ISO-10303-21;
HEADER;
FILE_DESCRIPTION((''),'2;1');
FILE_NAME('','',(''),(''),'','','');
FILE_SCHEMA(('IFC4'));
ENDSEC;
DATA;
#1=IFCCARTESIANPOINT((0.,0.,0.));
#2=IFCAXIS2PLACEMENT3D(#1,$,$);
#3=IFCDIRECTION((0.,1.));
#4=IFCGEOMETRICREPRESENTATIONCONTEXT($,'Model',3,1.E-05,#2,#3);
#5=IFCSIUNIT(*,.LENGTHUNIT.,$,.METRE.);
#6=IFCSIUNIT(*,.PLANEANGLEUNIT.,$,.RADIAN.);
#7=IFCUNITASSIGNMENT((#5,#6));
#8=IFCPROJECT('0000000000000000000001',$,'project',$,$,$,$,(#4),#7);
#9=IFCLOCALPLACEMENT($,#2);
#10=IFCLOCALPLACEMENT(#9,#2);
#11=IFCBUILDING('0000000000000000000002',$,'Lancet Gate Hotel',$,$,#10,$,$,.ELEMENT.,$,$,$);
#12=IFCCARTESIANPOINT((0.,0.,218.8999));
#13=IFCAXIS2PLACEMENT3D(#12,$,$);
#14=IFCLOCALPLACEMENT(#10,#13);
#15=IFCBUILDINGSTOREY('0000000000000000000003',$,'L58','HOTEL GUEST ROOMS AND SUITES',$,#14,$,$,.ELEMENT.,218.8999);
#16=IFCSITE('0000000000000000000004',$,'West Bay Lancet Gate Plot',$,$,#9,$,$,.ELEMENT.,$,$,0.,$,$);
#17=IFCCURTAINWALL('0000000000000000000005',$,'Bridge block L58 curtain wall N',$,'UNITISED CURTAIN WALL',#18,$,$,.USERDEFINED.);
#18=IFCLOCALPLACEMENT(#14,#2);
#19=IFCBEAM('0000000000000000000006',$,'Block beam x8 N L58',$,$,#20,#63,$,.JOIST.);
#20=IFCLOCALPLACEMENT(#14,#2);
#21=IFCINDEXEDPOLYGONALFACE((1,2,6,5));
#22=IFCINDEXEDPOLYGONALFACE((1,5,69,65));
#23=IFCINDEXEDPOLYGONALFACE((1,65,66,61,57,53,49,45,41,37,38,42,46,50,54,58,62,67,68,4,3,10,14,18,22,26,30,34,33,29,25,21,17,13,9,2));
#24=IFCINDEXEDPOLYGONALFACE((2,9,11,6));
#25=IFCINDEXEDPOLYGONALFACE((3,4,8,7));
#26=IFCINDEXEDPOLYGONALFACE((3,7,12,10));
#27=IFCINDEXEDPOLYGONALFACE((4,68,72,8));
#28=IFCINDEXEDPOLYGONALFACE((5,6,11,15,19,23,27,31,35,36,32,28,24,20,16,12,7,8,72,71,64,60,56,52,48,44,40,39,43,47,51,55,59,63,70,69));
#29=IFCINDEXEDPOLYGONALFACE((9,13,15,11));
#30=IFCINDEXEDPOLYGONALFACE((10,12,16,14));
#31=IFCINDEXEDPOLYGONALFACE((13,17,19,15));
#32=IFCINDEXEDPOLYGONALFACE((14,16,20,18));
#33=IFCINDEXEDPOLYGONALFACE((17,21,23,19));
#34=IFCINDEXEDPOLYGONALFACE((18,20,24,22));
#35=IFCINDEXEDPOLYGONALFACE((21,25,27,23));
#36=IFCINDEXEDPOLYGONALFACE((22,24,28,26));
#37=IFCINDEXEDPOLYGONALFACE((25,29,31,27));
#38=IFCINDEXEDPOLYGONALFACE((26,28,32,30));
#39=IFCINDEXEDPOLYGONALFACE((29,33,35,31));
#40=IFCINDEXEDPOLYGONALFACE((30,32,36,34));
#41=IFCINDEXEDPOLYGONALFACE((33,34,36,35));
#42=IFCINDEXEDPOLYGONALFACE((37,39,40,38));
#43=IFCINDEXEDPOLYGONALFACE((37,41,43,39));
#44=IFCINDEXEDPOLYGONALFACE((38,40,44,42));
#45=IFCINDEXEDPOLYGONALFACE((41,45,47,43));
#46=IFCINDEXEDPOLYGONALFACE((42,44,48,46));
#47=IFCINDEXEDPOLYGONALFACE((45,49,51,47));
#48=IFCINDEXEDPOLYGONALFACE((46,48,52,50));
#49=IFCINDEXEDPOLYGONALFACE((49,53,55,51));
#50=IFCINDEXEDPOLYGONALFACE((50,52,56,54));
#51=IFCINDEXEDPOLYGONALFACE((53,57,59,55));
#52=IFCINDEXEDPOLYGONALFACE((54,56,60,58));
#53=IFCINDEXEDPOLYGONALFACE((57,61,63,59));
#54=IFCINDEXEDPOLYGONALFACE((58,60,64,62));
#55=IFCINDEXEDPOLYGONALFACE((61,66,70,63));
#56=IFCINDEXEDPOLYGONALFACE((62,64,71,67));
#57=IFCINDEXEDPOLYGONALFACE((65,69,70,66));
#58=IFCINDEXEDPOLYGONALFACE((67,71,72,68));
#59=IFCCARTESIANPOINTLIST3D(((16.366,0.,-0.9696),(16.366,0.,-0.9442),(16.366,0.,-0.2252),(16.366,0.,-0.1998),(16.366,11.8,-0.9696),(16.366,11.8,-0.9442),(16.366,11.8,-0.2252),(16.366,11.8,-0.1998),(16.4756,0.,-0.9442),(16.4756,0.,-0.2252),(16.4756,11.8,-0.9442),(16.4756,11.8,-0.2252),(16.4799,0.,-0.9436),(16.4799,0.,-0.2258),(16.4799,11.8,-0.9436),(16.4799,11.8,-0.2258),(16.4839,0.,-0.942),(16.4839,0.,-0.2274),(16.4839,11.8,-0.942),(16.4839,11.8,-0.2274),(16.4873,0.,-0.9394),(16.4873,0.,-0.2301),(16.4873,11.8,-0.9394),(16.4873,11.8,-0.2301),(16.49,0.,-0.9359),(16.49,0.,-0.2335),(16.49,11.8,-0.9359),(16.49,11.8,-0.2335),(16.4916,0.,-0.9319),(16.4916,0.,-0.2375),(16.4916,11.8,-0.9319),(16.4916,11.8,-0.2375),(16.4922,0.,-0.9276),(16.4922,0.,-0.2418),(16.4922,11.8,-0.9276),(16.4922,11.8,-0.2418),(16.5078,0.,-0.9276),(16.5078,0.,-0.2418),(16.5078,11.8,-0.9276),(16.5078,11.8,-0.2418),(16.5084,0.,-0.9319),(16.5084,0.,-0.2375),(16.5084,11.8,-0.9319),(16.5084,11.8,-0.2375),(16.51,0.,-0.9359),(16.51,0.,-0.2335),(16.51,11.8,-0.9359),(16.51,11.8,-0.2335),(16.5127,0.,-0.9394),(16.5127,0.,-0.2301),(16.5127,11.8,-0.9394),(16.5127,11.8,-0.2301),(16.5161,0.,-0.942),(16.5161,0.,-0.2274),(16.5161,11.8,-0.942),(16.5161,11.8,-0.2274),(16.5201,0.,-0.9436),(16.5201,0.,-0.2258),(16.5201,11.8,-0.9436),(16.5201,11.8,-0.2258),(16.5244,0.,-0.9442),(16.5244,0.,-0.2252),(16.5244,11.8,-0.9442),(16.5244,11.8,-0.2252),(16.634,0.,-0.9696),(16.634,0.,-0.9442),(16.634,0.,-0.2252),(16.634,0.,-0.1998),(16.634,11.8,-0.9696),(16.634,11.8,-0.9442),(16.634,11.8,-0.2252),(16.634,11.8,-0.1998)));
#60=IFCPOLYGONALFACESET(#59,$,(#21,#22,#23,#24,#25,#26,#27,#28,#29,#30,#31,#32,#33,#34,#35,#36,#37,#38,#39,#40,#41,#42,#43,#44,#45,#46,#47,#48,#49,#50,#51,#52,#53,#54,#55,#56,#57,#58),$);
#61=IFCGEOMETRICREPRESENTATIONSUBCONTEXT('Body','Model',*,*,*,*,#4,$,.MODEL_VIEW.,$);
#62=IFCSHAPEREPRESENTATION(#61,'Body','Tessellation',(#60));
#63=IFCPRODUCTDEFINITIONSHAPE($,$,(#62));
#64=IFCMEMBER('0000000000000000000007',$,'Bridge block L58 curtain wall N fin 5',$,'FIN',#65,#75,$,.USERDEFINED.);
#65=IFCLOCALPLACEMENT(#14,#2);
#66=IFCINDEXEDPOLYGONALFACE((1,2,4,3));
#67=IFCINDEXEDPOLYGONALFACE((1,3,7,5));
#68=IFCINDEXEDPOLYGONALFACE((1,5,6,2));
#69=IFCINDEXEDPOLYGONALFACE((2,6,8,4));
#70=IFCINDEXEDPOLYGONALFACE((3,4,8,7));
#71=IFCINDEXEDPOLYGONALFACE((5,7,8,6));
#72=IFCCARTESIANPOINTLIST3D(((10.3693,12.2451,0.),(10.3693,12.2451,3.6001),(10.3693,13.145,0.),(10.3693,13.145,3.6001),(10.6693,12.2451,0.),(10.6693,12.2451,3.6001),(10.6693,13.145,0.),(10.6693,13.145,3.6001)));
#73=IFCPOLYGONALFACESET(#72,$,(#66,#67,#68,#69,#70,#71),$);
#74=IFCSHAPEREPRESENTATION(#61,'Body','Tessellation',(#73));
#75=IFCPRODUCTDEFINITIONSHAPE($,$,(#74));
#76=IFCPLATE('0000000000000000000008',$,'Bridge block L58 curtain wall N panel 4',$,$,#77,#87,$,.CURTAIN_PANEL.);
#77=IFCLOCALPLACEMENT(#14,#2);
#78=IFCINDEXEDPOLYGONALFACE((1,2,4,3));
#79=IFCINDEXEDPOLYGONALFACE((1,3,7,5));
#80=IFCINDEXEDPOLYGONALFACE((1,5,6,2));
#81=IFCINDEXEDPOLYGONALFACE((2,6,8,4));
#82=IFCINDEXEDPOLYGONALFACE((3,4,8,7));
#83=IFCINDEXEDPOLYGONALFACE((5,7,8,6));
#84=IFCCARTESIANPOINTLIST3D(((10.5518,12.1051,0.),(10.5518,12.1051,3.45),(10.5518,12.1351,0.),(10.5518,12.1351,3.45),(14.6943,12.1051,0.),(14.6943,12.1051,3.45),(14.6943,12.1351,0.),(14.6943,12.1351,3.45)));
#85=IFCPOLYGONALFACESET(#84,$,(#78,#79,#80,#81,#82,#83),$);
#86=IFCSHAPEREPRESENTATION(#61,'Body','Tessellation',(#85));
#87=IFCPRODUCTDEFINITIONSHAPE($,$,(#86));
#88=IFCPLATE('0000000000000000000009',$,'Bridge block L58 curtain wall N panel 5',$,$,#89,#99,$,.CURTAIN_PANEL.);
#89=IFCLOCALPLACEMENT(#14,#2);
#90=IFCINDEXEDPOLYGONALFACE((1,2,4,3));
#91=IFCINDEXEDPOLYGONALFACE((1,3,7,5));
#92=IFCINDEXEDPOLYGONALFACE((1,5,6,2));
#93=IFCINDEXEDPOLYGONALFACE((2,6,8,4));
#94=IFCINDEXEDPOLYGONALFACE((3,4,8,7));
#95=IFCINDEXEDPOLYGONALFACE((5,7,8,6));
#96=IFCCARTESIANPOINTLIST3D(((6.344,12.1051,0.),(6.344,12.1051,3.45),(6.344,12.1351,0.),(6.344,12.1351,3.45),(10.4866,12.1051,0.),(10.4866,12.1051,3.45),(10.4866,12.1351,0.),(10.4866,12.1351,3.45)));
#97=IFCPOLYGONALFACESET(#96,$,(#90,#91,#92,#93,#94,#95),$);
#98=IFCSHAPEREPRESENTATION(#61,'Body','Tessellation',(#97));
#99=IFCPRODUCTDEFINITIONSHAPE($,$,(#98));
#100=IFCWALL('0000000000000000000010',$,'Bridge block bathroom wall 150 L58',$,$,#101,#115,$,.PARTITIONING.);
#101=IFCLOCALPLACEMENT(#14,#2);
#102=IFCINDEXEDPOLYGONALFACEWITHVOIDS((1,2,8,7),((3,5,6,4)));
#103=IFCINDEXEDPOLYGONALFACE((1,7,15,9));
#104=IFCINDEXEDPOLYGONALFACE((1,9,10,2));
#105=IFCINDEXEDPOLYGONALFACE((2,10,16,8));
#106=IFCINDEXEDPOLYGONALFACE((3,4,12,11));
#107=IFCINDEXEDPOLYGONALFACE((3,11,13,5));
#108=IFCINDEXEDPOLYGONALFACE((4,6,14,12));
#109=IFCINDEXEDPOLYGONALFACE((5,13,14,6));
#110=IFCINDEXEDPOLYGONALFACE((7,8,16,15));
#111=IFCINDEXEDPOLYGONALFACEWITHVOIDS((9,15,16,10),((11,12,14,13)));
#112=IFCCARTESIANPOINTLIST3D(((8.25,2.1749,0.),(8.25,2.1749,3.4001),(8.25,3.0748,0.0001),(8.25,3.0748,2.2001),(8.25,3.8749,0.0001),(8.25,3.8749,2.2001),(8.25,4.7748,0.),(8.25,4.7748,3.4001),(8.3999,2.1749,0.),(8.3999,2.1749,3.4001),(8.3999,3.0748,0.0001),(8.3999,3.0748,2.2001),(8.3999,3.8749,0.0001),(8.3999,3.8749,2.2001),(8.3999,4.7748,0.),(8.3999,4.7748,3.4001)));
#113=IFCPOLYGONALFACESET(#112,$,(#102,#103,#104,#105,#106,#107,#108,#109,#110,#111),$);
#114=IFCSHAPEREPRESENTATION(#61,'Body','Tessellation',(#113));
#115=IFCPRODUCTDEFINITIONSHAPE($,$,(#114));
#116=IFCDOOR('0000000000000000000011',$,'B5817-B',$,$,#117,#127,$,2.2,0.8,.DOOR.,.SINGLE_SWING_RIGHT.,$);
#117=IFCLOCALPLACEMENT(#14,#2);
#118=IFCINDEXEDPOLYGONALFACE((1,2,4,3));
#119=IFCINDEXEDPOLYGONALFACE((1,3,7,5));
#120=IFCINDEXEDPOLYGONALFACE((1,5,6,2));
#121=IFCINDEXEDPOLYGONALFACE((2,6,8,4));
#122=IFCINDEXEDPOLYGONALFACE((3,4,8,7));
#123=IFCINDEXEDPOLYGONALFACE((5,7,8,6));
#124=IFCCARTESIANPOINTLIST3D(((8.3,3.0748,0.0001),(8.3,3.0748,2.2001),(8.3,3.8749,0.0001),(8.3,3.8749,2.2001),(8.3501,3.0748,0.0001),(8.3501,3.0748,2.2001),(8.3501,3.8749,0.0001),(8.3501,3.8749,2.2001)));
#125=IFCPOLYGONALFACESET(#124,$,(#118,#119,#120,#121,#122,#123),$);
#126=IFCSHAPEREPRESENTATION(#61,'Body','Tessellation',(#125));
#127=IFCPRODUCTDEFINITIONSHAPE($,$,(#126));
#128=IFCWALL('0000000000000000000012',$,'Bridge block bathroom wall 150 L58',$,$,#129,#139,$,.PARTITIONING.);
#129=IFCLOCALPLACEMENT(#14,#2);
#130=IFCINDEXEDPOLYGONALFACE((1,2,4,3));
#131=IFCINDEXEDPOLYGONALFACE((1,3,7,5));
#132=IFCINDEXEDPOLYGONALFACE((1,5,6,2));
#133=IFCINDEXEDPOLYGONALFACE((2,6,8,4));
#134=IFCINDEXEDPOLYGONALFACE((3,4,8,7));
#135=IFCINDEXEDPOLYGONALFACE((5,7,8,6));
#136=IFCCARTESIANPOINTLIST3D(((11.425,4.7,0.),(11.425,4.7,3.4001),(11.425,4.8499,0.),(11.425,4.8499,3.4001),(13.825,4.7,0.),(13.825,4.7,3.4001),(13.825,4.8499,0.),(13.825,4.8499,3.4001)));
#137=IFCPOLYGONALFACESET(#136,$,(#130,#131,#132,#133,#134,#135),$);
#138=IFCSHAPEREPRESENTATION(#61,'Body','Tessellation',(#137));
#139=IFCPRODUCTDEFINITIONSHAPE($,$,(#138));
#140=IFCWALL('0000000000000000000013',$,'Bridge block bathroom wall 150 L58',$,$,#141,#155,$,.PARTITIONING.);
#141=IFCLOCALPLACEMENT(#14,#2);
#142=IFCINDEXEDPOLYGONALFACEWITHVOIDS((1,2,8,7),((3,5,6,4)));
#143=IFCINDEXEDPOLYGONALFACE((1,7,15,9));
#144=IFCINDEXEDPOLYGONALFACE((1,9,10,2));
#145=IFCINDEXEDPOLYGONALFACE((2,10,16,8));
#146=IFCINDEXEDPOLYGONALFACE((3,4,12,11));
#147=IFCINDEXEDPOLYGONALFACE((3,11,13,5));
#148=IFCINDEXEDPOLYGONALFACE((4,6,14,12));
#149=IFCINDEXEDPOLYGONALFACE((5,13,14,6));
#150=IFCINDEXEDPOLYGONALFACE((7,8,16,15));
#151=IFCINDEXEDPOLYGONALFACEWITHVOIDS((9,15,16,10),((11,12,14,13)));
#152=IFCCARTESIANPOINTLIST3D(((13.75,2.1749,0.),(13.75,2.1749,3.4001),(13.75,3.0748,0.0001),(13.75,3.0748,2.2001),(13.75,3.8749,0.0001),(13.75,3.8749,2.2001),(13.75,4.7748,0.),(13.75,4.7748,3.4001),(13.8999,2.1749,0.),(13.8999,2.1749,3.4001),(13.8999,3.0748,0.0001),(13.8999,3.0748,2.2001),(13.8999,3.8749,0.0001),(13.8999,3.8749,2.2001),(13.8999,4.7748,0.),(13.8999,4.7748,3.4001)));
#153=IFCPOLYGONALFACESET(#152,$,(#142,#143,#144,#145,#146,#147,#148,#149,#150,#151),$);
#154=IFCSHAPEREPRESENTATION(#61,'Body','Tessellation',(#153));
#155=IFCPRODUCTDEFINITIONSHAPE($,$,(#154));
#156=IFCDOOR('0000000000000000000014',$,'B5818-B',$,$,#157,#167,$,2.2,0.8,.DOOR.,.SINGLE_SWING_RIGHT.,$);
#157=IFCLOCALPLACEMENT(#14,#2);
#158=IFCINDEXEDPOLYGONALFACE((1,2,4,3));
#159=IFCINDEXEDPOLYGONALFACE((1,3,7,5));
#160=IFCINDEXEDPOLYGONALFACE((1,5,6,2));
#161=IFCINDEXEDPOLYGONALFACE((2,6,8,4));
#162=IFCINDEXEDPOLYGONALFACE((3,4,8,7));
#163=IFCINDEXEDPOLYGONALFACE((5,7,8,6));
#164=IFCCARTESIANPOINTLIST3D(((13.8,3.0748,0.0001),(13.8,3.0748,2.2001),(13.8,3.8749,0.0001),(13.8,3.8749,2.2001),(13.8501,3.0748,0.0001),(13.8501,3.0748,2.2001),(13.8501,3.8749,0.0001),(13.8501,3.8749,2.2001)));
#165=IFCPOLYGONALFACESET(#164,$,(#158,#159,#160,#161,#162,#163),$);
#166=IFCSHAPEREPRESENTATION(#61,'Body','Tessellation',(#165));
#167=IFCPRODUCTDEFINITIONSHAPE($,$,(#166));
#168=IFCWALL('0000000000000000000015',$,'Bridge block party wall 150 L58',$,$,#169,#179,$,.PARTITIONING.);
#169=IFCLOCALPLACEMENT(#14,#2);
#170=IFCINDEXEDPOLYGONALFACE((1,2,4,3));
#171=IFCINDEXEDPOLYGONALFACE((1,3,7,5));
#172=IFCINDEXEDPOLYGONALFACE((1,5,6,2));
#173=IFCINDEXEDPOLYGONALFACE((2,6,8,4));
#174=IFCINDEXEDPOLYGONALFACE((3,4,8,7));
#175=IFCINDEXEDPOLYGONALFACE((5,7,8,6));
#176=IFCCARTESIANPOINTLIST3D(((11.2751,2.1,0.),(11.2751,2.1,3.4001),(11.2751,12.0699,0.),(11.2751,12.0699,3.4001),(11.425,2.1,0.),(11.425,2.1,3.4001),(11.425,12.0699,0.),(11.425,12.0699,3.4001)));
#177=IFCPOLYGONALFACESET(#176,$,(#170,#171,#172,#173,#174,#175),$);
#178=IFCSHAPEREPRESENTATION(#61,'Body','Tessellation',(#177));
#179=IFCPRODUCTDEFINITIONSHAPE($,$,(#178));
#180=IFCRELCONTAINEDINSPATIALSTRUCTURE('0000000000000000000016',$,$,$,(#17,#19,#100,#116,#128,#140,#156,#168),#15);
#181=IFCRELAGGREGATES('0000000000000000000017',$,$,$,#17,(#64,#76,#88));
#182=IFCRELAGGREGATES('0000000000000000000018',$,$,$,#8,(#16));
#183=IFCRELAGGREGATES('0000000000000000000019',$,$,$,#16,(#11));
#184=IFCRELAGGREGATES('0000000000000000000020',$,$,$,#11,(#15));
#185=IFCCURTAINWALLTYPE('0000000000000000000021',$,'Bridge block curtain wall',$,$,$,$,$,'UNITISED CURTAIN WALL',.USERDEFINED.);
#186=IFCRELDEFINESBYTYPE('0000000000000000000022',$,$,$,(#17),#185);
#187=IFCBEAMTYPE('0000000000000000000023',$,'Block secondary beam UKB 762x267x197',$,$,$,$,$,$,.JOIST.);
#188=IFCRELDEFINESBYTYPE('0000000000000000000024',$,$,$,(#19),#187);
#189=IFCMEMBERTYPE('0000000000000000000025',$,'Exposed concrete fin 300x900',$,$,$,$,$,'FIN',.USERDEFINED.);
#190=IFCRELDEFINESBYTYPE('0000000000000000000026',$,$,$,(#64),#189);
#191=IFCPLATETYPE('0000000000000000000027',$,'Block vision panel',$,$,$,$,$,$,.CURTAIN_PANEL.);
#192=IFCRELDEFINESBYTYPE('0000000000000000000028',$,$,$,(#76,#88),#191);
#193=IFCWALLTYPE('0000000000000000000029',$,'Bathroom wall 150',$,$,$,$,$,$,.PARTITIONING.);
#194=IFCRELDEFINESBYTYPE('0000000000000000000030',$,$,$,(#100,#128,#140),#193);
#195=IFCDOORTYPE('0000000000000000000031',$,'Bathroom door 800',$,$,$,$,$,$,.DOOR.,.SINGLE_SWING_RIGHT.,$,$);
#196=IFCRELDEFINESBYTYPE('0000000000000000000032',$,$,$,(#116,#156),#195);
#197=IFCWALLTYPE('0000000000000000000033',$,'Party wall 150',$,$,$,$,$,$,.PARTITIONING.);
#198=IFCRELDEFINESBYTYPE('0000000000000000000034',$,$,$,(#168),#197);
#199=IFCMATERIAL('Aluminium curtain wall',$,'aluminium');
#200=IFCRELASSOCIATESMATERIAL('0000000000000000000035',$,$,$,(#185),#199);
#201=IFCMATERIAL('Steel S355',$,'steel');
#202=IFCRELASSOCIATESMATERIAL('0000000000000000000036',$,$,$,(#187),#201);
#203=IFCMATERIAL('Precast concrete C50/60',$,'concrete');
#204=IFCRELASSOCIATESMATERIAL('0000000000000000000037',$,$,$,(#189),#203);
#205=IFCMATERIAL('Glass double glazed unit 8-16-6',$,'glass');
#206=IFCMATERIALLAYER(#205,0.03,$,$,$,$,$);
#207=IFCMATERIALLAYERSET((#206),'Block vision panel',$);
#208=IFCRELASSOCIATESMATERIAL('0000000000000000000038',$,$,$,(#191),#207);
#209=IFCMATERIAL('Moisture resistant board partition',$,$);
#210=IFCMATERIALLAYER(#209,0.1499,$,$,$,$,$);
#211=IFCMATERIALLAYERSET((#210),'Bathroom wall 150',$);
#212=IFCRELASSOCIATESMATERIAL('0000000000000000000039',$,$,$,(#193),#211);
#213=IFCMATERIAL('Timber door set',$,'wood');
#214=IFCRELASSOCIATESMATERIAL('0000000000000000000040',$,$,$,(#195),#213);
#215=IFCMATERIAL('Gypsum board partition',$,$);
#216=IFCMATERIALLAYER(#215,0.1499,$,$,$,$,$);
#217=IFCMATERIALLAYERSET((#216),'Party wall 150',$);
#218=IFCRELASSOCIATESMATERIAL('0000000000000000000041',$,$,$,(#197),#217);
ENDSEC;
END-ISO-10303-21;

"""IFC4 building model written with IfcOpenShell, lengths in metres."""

from ifc_helpers import new_model, si_unit, direction, frame, frame_2d, origin, origin_2d, place, context, subcontext, project, spatial, rectangle, i_section, extrude, material, layer, layer_set, material_profile, profile_set, type_object, element, fill, aggregate, save


model = new_model("IFC4")

# Units and contexts
model_context = context("Model", 3, precision=1e-05, world=origin(), true_north=direction((0.0, 1.0)))
body_context = subcontext(model_context, "Body", "Model", "MODEL_VIEW")
ifc_project = project(units=[si_unit("LENGTHUNIT", "METRE"), si_unit("PLANEANGLEUNIT", "RADIAN")], contexts=[model_context])

# Site, building, storey
site_placement = place(None, origin())
site = spatial("IfcSite", under=ifc_project, at=site_placement, Name="West Bay Lancet Gate Plot", CompositionType="ELEMENT", RefElevation=0.0)
building_placement = place(site_placement, origin())
building = spatial("IfcBuilding", under=site, at=building_placement, Name="Lancet Gate Hotel", CompositionType="ELEMENT")
storey_placement = place(building_placement, frame((0.0, 0.0, 218.8999)))
storey = spatial("IfcBuildingStorey", under=building, at=storey_placement, Name="L58", Description="HOTEL GUEST ROOMS AND SUITES", CompositionType="ELEMENT", Elevation=218.8999)

# Curtain wall
ifc_material_1 = material(Name="Aluminium curtain wall", Category="aluminium")
curtain_wall_type = type_object("IfcCurtainWallType", Name="Bridge block curtain wall", ElementType="UNITISED CURTAIN WALL", PredefinedType="USERDEFINED", material=ifc_material_1)
curtain_wall_placement = place(storey_placement, origin())
curtain_wall = element("IfcCurtainWall", 1, at=curtain_wall_placement, inside=storey, type_object=curtain_wall_type, Name="Bridge block L58 curtain wall N", ObjectType="UNITISED CURTAIN WALL", PredefinedType="USERDEFINED")

# Beam
ifc_material_2 = material(Name="Steel S355", Category="steel")
ifc_material_profile_1 = material_profile(ifc_material_2, i_section(OverallWidth=0.2681, OverallDepth=0.7698, WebThickness=0.0156, FlangeThickness=0.0254, FilletRadius=0.0166, at=origin_2d()), Name="UKB 762x267x197")
ifc_profile_set_1 = profile_set([ifc_material_profile_1], Name="Steel S355")
beam_type_1 = type_object("IfcBeamType", Name="Block secondary beam UKB 762x267x197", PredefinedType="JOIST", material=ifc_profile_set_1)
for number, where, z_axis, x_axis, name in (
    (2, (16.5, 0.0, -0.5847), (0.0, 1.0, 0.0), (-1.0, 0.0, 0.0), "Block beam x8 N L58"),
):
    element("IfcBeam", number, at=place(storey_placement, frame(where, z_axis=z_axis, x_axis=x_axis)), inside=storey, type_object=beam_type_1, Name=name, PredefinedType="JOIST", context=body_context, shape_type="SweptSolid", body=[
        extrude(i_section(OverallWidth=0.2681, OverallDepth=0.7698, WebThickness=0.0156, FlangeThickness=0.0254, FilletRadius=0.0166, at=origin_2d()), origin(), (0.0, 0.0, 1.0), 11.8),
    ])

# Member
ifc_material_3 = material(Name="Precast concrete C50/60", Category="concrete")
ifc_material_profile_2 = material_profile(ifc_material_3, rectangle(XDim=0.3, YDim=0.8999, at=origin_2d()), Name="FIN 300x900")
ifc_profile_set_2 = profile_set([ifc_material_profile_2], Name="Precast concrete C50/60")
member_type_1 = type_object("IfcMemberType", Name="Exposed concrete fin 300x900", ElementType="FIN", PredefinedType="USERDEFINED", material=ifc_profile_set_2)
member_1_placement = place(storey_placement, frame((10.5193, 12.6951, 0.0), z_axis=(0.0, 0.0, 1.0), x_axis=(-1.0, 0.0, 0.0)))
member_1 = element("IfcMember", 3, at=member_1_placement, type_object=member_type_1, Name="Bridge block L58 curtain wall N fin 5", ObjectType="FIN", PredefinedType="USERDEFINED", context=body_context, shape_type="SweptSolid", body=[
    extrude(rectangle(XDim=0.3, YDim=0.8999, at=origin_2d()), origin(), (0.0, 0.0, 1.0), 3.6001),
])

# Plates
ifc_material_4 = material(Name="Glass double glazed unit 8-16-6", Category="glass")
ifc_layer_1 = layer(ifc_material_4, 0.03)
ifc_layer_set_1 = layer_set([ifc_layer_1], Name="Block vision panel")
plate_type = type_object("IfcPlateType", Name="Block vision panel", PredefinedType="CURTAIN_PANEL", material=ifc_layer_set_1)
plate_1_placement = place(storey_placement, frame((12.623, 12.1201, 0.0), z_axis=(0.0, 0.0, 1.0), x_axis=(-1.0, 0.0, 0.0)))
plate_1 = element("IfcPlate", 4, at=plate_1_placement, type_object=plate_type, Name="Bridge block L58 curtain wall N panel 4", PredefinedType="CURTAIN_PANEL", context=body_context, shape_type="SweptSolid", body=[
    extrude(rectangle(XDim=4.1426, YDim=0.03, at=origin_2d()), origin(), (0.0, 0.0, 1.0), 3.45),
])
plate_2_placement = place(storey_placement, frame((8.4153, 12.1201, 0.0), z_axis=(0.0, 0.0, 1.0), x_axis=(-1.0, 0.0, 0.0)))
plate_2 = element("IfcPlate", 5, at=plate_2_placement, type_object=plate_type, Name="Bridge block L58 curtain wall N panel 5", PredefinedType="CURTAIN_PANEL", context=body_context, shape_type="SweptSolid", body=[
    extrude(rectangle(XDim=4.1426, YDim=0.03, at=origin_2d()), origin(), (0.0, 0.0, 1.0), 3.45),
])
aggregate(curtain_wall, [member_1, plate_1, plate_2])

# Wall, opening, door
ifc_material_5 = material(Name="Moisture resistant board partition")
ifc_layer_2 = layer(ifc_material_5, 0.1499)
ifc_layer_set_2 = layer_set([ifc_layer_2], Name="Bathroom wall 150")
wall_type_1 = type_object("IfcWallType", Name="Bathroom wall 150", PredefinedType="PARTITIONING", material=ifc_layer_set_2)
wall_1_placement = place(storey_placement, frame((8.325, 2.175, 0.0), z_axis=(0.0, 0.0, 1.0), x_axis=(0.0, 1.0, 0.0)))
wall_1 = element("IfcWall", 6, at=wall_1_placement, inside=storey, type_object=wall_type_1, Name="Bridge block bathroom wall 150 L58", PredefinedType="PARTITIONING", context=body_context, shape_type="SweptSolid", body=[
    extrude(rectangle(XDim=2.5999, YDim=0.1499, at=frame_2d((1.2998, 0.0))), origin(), (0.0, 0.0, 1.0), 3.4001),
])
opening_1_placement = place(wall_1_placement, frame((0.8999, 0.0, 0.0)))
opening_1 = element("IfcOpeningElement", 7, at=opening_1_placement, cuts=wall_1, PredefinedType="OPENING", context=body_context, shape_type="SweptSolid", body=[
    extrude(rectangle(XDim=0.8, YDim=2.2, at=frame_2d((0.3999, 1.1001))), frame((0.0, 0.085, 0.0), z_axis=(0.0, -1.0, 0.0), x_axis=(1.0, 0.0, 0.0)), (0.0, 0.0, 1.0), 0.1699),
])
ifc_material_6 = material(Name="Timber door set", Category="wood")
door_type = type_object("IfcDoorType", Name="Bathroom door 800", OperationType="SINGLE_SWING_RIGHT", PredefinedType="DOOR", material=ifc_material_6)
door_1_placement = place(opening_1_placement, origin())
door_1 = element("IfcDoor", 8, at=door_1_placement, inside=storey, type_object=door_type, Name="B5817-B", OperationType="SINGLE_SWING_RIGHT", OverallHeight=2.2, OverallWidth=0.8, PredefinedType="DOOR", context=body_context, shape_type="SweptSolid", body=[
    extrude(rectangle(XDim=0.8, YDim=2.2, at=frame_2d((0.3999, 1.1001))), frame((0.0, 0.0249, 0.0), z_axis=(0.0, -1.0, 0.0), x_axis=(1.0, 0.0, 0.0)), (0.0, 0.0, 1.0), 0.05),
])
fill(opening_1, door_1)

# Wall
wall_2_placement = place(storey_placement, frame((11.425, 4.7749, 0.0), z_axis=(0.0, 0.0, 1.0), x_axis=(1.0, 0.0, 0.0)))
element("IfcWall", 9, at=wall_2_placement, inside=storey, type_object=wall_type_1, Name="Bridge block bathroom wall 150 L58", PredefinedType="PARTITIONING", context=body_context, shape_type="SweptSolid", body=[
    extrude(rectangle(XDim=2.3999, YDim=0.1499, at=frame_2d((1.2, 0.0))), origin(), (0.0, 0.0, 1.0), 3.4001),
])

# Wall, opening, door
wall_3_placement = place(storey_placement, frame((13.825, 2.175, 0.0), z_axis=(0.0, 0.0, 1.0), x_axis=(0.0, 1.0, 0.0)))
wall_3 = element("IfcWall", 10, at=wall_3_placement, inside=storey, type_object=wall_type_1, Name="Bridge block bathroom wall 150 L58", PredefinedType="PARTITIONING", context=body_context, shape_type="SweptSolid", body=[
    extrude(rectangle(XDim=2.5999, YDim=0.1499, at=frame_2d((1.2998, 0.0))), origin(), (0.0, 0.0, 1.0), 3.4001),
])
opening_2_placement = place(wall_3_placement, frame((0.8999, 0.0, 0.0)))
opening_2 = element("IfcOpeningElement", 11, at=opening_2_placement, cuts=wall_3, PredefinedType="OPENING", context=body_context, shape_type="SweptSolid", body=[
    extrude(rectangle(XDim=0.8, YDim=2.2, at=frame_2d((0.3999, 1.1001))), frame((0.0, 0.085, 0.0), z_axis=(0.0, -1.0, 0.0), x_axis=(1.0, 0.0, 0.0)), (0.0, 0.0, 1.0), 0.1699),
])
door_2_placement = place(opening_2_placement, origin())
door_2 = element("IfcDoor", 12, at=door_2_placement, inside=storey, type_object=door_type, Name="B5818-B", OperationType="SINGLE_SWING_RIGHT", OverallHeight=2.2, OverallWidth=0.8, PredefinedType="DOOR", context=body_context, shape_type="SweptSolid", body=[
    extrude(rectangle(XDim=0.8, YDim=2.2, at=frame_2d((0.3999, 1.1001))), frame((0.0, 0.0249, 0.0), z_axis=(0.0, -1.0, 0.0), x_axis=(1.0, 0.0, 0.0)), (0.0, 0.0, 1.0), 0.05),
])
fill(opening_2, door_2)

# Wall
ifc_material_7 = material(Name="Gypsum board partition")
ifc_layer_3 = layer(ifc_material_7, 0.1499)
ifc_layer_set_3 = layer_set([ifc_layer_3], Name="Party wall 150")
wall_type_2 = type_object("IfcWallType", Name="Party wall 150", PredefinedType="PARTITIONING", material=ifc_layer_set_3)
wall_4_placement = place(storey_placement, frame((11.3501, 2.1001, 0.0), z_axis=(0.0, 0.0, 1.0), x_axis=(0.0, 1.0, 0.0)))
element("IfcWall", 13, at=wall_4_placement, inside=storey, type_object=wall_type_2, Name="Bridge block party wall 150 L58", PredefinedType="PARTITIONING", context=body_context, shape_type="SweptSolid", body=[
    extrude(rectangle(XDim=9.97, YDim=0.1499, at=frame_2d((4.9849, 0.0))), origin(), (0.0, 0.0, 1.0), 3.4001),
])

save(model, "model.ifc")
